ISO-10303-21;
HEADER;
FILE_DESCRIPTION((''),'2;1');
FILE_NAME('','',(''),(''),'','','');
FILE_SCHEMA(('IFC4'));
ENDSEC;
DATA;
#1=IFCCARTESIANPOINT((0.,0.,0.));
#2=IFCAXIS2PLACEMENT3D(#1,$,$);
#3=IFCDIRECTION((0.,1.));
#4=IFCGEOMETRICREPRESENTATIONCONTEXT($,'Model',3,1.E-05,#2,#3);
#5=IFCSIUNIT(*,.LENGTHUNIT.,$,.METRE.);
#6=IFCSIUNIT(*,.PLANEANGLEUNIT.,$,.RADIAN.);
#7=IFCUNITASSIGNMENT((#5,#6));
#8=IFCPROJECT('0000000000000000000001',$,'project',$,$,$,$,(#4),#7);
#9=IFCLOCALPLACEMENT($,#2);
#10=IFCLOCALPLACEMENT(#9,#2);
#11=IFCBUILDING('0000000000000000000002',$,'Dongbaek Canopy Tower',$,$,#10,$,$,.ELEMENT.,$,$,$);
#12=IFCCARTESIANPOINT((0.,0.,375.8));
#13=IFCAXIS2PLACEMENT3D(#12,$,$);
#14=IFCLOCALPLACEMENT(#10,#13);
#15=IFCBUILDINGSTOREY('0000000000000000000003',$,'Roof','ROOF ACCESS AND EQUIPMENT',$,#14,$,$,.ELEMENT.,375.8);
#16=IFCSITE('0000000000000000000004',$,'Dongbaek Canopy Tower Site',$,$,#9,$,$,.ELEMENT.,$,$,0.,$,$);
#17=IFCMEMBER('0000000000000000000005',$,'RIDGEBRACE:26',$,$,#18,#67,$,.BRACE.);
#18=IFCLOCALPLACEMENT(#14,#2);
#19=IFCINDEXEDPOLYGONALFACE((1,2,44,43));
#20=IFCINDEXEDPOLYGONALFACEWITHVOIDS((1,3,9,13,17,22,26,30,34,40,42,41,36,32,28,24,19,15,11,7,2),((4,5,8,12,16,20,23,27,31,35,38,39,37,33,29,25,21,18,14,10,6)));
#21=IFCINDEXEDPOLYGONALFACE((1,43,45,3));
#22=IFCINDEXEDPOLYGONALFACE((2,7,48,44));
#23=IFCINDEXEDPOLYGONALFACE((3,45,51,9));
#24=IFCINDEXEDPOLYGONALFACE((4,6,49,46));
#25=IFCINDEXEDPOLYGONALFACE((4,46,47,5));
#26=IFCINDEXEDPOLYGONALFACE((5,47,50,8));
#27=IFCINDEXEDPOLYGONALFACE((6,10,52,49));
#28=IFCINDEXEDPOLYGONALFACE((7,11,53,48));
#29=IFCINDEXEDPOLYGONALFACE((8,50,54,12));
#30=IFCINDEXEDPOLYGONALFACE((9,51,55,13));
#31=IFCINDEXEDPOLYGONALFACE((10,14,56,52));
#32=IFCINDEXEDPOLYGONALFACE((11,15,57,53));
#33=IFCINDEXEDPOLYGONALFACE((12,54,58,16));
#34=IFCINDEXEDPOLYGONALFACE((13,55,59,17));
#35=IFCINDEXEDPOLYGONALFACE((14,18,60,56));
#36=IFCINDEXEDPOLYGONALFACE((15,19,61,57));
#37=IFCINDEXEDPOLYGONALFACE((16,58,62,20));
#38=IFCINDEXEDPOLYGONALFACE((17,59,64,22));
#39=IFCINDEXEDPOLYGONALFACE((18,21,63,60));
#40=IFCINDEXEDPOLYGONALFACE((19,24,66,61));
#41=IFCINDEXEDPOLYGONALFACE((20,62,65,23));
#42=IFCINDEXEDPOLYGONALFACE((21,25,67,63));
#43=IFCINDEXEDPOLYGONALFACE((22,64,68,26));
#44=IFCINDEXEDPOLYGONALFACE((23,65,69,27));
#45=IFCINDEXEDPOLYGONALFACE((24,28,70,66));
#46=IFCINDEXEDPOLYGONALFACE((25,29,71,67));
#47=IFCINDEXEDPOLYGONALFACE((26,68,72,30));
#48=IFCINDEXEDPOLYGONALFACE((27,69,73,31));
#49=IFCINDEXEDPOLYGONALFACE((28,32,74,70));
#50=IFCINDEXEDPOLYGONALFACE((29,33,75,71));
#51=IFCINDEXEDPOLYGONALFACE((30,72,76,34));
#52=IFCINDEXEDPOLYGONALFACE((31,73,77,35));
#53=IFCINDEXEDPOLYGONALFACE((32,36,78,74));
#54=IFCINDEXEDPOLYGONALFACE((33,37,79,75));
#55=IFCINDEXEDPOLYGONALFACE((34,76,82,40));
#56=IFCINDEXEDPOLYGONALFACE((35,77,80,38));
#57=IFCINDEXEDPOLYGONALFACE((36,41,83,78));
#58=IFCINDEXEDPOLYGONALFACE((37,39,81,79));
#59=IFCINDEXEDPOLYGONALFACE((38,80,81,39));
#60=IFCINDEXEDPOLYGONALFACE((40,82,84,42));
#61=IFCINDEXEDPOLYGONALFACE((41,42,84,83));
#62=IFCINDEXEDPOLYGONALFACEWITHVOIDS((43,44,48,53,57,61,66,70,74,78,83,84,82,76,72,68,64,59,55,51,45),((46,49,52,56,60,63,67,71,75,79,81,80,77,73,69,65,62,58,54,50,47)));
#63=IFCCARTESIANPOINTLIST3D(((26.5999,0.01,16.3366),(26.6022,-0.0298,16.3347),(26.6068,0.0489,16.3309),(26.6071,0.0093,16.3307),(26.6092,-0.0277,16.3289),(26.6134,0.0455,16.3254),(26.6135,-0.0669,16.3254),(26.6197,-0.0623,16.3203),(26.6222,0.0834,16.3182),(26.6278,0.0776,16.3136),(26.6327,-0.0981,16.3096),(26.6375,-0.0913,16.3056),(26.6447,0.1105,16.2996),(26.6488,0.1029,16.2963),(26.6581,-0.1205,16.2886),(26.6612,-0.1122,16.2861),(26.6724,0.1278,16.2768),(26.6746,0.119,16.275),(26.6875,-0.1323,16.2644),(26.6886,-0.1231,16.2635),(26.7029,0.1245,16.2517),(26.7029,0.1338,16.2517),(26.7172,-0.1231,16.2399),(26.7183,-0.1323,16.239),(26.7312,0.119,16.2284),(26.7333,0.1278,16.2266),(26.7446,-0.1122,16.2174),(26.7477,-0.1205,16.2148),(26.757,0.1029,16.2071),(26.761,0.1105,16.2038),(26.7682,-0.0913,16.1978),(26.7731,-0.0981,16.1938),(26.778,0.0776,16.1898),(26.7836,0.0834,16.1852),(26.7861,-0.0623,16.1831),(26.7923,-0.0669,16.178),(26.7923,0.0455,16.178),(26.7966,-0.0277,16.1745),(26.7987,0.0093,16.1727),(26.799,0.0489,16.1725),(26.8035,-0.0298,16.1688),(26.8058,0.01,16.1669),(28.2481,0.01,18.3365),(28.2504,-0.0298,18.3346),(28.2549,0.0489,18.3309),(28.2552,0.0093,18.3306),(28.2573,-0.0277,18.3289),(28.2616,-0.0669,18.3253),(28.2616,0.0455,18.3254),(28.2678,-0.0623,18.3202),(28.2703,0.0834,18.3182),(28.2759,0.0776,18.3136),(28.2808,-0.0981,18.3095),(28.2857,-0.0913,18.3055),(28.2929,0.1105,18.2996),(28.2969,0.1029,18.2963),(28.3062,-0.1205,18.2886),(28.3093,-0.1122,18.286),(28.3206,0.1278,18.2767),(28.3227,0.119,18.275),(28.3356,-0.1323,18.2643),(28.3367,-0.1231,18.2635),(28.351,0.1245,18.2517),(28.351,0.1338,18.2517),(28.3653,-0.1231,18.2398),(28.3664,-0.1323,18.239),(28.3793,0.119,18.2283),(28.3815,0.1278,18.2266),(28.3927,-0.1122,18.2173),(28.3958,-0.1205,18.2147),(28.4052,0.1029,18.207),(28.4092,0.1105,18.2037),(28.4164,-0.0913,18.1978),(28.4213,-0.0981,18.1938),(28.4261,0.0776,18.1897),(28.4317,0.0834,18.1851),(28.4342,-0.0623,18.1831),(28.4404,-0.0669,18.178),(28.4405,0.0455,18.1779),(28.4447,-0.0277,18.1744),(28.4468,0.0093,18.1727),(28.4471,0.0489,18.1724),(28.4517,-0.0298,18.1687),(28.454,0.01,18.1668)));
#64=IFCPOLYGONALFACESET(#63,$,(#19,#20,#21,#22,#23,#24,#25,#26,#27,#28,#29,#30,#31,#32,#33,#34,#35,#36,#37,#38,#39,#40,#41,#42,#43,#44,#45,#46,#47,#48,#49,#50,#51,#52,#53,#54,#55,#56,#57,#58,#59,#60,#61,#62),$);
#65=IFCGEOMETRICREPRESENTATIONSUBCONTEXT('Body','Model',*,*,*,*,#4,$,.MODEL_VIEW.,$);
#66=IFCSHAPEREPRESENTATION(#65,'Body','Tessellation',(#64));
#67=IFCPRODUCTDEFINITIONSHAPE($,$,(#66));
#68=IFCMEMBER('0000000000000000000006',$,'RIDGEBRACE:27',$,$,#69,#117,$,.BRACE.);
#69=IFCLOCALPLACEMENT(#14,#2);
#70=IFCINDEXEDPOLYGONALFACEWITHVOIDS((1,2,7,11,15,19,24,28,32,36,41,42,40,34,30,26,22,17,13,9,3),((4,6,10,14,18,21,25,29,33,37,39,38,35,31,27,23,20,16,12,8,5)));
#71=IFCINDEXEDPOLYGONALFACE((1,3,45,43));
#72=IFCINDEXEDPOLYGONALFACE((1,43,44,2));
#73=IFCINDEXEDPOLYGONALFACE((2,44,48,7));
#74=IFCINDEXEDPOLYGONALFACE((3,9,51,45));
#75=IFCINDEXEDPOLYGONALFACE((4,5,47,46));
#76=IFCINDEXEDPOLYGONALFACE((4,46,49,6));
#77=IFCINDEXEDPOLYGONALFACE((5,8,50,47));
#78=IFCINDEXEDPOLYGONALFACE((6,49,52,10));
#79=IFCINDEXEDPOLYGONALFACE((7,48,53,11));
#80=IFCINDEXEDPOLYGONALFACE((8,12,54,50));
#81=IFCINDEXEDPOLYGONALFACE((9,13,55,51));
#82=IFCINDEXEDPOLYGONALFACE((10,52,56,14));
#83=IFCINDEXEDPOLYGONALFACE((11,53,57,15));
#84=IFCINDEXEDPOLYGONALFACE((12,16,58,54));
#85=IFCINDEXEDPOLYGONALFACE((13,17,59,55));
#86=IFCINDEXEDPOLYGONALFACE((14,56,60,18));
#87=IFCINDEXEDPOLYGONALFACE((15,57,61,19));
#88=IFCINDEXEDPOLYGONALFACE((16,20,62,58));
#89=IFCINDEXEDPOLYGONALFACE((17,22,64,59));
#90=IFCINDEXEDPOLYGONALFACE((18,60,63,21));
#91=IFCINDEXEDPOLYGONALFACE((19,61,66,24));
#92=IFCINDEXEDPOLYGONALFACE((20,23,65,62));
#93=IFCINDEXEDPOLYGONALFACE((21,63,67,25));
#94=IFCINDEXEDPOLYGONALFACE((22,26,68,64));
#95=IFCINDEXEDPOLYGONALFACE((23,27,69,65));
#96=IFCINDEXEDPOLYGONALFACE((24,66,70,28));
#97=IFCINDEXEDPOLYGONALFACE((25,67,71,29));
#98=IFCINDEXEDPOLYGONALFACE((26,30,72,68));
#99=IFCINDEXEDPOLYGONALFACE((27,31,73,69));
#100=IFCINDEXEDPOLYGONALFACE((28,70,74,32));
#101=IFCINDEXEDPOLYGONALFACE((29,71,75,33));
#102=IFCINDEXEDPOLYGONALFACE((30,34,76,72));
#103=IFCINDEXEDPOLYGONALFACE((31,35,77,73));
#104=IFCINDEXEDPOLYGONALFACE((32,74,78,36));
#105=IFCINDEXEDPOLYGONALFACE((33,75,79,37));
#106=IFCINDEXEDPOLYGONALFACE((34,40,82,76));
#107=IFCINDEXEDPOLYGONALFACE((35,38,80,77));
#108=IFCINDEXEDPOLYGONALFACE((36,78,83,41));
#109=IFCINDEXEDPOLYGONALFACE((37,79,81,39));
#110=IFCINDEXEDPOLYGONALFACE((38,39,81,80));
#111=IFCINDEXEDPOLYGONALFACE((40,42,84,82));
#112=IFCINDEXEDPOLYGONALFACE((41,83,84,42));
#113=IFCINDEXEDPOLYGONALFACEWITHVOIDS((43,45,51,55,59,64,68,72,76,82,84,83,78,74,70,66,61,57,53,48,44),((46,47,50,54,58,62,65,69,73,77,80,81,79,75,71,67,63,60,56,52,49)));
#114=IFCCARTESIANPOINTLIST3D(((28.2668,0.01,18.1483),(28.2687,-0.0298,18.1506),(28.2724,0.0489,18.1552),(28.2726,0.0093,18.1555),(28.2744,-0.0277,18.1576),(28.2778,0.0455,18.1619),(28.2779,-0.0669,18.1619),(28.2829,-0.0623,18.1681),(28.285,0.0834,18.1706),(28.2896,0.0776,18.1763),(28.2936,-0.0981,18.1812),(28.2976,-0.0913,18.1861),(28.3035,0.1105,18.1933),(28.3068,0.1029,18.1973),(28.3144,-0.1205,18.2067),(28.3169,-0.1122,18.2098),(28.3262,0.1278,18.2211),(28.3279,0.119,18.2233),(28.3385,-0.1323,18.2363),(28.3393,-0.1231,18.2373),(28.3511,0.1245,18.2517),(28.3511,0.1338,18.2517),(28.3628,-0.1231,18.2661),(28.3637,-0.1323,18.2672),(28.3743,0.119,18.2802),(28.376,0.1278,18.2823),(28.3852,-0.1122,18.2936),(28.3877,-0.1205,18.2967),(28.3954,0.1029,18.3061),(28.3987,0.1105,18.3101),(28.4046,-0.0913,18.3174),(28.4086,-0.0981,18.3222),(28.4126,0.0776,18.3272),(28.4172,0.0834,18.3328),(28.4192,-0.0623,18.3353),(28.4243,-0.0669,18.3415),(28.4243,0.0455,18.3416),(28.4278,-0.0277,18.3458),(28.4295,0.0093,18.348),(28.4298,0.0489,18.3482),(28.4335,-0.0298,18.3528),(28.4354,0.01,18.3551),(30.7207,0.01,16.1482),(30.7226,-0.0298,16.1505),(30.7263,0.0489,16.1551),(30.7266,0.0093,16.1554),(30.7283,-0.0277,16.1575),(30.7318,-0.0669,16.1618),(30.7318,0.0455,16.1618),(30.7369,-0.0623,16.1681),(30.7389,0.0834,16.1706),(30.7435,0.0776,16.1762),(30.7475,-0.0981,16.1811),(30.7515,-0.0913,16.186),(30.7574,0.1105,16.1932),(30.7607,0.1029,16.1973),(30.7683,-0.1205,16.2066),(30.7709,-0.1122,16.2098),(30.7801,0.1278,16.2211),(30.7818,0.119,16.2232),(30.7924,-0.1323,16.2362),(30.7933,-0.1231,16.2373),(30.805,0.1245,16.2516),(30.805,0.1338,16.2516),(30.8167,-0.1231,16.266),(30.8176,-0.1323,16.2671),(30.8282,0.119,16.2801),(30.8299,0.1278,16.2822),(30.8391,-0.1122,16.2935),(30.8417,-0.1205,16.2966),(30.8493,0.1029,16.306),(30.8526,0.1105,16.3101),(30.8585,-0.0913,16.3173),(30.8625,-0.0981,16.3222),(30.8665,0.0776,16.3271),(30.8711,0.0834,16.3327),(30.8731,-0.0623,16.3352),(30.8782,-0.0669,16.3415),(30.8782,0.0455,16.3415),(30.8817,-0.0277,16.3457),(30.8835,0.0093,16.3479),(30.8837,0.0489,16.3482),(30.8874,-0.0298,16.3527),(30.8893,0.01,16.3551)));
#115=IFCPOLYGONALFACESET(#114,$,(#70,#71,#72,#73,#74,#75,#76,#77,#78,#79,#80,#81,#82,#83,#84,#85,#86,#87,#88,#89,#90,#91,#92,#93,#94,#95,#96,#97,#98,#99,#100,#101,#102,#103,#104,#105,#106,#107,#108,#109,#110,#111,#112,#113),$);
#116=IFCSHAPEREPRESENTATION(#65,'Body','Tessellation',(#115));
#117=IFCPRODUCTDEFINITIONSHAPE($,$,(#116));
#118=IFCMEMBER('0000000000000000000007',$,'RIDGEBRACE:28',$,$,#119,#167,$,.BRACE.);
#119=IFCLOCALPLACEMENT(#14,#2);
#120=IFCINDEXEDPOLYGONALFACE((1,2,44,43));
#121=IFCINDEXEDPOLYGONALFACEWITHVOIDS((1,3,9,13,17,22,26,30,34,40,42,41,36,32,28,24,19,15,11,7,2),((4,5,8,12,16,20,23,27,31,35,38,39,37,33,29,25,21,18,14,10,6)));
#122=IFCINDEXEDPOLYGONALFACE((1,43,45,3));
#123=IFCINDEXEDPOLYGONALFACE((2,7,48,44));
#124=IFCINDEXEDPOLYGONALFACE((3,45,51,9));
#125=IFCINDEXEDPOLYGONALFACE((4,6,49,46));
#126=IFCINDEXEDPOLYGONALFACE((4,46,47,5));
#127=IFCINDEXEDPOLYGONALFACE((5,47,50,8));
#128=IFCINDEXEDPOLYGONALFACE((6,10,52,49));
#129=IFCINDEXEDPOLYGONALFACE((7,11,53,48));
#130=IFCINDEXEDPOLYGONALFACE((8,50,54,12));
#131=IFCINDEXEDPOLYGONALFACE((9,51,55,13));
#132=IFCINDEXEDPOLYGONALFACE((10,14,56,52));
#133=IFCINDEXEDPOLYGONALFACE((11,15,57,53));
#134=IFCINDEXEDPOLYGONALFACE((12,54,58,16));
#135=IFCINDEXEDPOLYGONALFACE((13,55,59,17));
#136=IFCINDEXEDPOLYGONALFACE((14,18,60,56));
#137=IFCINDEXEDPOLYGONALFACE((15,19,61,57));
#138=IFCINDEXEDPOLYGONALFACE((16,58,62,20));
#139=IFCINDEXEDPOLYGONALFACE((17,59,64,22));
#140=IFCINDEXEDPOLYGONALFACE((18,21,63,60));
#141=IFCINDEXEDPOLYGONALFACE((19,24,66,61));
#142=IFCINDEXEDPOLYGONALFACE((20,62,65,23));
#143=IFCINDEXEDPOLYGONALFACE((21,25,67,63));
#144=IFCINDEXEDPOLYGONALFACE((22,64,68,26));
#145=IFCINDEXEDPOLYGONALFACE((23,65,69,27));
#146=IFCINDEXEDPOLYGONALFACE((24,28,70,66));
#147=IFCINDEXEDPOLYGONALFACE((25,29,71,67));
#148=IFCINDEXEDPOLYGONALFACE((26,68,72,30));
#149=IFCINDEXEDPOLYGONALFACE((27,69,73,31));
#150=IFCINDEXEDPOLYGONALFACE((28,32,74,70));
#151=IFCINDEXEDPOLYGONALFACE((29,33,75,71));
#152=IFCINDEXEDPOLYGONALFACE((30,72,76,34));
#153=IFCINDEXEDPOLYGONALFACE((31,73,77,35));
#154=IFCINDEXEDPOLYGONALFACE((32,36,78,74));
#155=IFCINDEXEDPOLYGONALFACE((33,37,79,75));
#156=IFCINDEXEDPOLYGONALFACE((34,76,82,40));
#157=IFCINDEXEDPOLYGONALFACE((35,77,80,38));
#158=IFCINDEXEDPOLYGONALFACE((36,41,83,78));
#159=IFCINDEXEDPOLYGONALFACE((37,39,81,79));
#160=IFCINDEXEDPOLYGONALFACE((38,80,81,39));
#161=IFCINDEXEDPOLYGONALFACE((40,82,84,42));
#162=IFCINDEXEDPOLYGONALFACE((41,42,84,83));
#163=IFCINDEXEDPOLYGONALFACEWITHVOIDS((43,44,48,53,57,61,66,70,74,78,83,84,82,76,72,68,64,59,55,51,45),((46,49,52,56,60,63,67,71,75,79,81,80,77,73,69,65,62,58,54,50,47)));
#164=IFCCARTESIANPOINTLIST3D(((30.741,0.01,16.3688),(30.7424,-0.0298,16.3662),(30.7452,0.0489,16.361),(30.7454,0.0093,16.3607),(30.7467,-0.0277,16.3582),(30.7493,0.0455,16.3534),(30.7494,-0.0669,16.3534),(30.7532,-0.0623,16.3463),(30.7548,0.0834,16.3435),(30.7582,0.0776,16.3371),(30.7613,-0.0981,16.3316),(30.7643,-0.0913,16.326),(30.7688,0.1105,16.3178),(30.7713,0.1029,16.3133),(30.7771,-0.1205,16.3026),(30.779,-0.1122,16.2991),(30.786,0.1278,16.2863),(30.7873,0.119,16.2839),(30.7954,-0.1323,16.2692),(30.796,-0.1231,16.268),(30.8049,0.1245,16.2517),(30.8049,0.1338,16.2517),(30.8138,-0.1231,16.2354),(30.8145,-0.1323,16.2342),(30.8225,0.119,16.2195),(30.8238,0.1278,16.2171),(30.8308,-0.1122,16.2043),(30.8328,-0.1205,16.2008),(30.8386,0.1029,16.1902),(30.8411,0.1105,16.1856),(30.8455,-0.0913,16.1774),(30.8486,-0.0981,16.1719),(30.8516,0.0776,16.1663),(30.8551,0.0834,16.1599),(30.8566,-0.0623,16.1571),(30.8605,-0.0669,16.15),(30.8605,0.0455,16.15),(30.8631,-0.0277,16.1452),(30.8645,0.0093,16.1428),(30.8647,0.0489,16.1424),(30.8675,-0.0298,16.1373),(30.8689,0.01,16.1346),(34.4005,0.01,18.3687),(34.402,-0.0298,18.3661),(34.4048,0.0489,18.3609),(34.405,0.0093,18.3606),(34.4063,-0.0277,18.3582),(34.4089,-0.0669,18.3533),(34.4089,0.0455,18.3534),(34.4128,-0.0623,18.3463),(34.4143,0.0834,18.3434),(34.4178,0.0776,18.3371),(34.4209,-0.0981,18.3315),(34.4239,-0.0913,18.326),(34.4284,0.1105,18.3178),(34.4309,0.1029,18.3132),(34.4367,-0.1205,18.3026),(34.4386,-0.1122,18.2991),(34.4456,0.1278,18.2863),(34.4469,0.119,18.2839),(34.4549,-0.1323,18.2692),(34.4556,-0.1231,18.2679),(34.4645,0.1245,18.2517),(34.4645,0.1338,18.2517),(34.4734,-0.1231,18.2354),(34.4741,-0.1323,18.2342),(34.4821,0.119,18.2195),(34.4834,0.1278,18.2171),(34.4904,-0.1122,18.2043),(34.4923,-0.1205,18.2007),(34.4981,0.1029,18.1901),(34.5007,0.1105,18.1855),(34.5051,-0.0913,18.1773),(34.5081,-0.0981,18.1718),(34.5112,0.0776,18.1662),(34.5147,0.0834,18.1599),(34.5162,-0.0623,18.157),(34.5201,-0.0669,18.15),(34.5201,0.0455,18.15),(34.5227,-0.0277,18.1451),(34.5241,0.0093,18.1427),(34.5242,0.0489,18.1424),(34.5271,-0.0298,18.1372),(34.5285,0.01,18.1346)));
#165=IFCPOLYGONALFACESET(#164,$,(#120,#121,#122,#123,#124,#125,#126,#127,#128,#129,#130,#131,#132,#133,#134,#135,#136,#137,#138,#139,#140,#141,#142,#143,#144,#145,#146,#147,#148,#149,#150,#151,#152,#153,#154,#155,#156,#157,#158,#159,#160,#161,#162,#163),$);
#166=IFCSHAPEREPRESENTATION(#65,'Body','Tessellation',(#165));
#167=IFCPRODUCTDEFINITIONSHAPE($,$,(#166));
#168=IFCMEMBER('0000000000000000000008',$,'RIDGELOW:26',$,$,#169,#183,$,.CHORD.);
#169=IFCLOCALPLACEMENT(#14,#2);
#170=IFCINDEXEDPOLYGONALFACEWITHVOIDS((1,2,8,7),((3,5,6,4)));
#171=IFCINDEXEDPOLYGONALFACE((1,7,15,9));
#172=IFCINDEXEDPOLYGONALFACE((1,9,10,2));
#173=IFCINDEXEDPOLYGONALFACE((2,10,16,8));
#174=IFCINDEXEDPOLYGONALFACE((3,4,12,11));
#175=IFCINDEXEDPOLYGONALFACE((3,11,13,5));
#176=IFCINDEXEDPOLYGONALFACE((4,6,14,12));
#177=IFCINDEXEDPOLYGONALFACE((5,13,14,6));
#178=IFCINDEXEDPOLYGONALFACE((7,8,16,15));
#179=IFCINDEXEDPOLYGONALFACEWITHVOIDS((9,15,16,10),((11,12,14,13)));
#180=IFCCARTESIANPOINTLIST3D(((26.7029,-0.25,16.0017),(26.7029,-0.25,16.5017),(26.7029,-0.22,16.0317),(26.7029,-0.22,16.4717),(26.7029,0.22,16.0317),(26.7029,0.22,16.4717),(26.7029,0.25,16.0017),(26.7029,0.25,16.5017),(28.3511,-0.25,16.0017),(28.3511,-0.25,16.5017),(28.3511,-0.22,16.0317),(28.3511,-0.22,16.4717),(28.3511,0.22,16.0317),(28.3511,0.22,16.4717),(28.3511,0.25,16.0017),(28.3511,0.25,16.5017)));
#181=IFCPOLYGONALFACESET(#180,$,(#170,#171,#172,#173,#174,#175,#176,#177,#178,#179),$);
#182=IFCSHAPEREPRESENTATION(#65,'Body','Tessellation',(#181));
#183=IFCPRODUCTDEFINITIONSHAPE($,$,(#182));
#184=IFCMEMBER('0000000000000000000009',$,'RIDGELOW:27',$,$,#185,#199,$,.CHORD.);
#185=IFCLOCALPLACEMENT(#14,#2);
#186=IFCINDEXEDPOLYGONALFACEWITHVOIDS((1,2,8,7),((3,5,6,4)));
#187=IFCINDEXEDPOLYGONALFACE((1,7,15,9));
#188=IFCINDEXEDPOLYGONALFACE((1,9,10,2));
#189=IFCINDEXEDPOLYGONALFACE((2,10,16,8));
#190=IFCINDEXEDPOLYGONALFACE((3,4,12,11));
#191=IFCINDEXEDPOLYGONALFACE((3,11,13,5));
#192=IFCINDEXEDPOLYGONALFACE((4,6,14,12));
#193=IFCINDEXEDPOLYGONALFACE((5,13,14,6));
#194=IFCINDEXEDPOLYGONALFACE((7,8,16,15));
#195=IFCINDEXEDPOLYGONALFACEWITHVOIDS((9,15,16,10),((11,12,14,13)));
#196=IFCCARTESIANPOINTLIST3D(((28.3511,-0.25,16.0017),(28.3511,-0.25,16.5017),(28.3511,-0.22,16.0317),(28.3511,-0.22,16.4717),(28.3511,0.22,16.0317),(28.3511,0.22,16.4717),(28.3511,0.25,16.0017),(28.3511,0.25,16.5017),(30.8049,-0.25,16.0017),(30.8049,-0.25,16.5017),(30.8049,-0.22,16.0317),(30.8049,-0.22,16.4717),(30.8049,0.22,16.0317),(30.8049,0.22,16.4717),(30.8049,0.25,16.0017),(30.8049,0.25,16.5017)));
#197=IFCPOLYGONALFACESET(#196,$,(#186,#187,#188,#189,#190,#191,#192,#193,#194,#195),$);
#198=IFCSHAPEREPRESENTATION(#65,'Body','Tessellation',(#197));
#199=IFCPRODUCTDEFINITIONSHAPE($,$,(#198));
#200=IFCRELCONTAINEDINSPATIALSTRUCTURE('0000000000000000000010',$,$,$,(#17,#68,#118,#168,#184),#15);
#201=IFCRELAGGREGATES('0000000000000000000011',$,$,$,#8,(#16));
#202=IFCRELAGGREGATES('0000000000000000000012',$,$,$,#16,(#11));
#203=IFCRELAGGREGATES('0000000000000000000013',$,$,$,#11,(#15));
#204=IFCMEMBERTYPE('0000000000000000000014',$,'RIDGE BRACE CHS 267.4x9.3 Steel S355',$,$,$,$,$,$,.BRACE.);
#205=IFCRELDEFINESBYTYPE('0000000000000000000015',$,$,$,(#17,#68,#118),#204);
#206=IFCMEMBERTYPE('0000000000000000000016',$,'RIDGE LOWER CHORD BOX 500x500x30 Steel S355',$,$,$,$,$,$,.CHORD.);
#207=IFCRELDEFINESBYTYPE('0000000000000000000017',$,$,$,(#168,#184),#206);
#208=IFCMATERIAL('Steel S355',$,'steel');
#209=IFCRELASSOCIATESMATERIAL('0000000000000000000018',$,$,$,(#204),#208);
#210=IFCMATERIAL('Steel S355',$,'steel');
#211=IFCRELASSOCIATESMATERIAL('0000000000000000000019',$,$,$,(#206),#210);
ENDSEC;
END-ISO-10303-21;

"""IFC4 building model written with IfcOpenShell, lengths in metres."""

from ifc_helpers import new_model, si_unit, direction, frame, origin, origin_2d, place, context, subcontext, project, spatial, hollow_rectangle, hollow_circle, extrude, material, material_profile, profile_set, type_object, element, save


model = new_model("IFC4")

# Units and contexts
model_context = context("Model", 3, precision=1e-05, world=origin(), true_north=direction((0.0, 1.0)))
body_context = subcontext(model_context, "Body", "Model", "MODEL_VIEW")
ifc_project = project(units=[si_unit("LENGTHUNIT", "METRE"), si_unit("PLANEANGLEUNIT", "RADIAN")], contexts=[model_context])

# Site, building, storey
site_placement = place(None, origin())
site = spatial("IfcSite", under=ifc_project, at=site_placement, Name="Dongbaek Canopy Tower Site", CompositionType="ELEMENT", RefElevation=0.0)
building_placement = place(site_placement, origin())
building = spatial("IfcBuilding", under=site, at=building_placement, Name="Dongbaek Canopy Tower", CompositionType="ELEMENT")
storey_placement = place(building_placement, frame((0.0, 0.0, 375.8)))
storey = spatial("IfcBuildingStorey", under=building, at=storey_placement, Name="Roof", Description="ROOF ACCESS AND EQUIPMENT", CompositionType="ELEMENT", Elevation=375.8)

# Members
ifc_material_1 = material(Name="Steel S355", Category="steel")
ifc_material_profile_1 = material_profile(ifc_material_1, hollow_circle(Radius=0.1338, WallThickness=0.0093, at=origin_2d()), Name="RIDGE BRACE CHS 267.4x9.3 Steel S355")
ifc_profile_set_1 = profile_set([ifc_material_profile_1], Name="Steel S355")
member_type_1 = type_object("IfcMemberType", Name="RIDGE BRACE CHS 267.4x9.3 Steel S355", PredefinedType="BRACE", material=ifc_profile_set_1)
member_1_placement = place(storey_placement, frame((26.7029, 0.0, 16.2517), z_axis=(0.635968, 0.0, 0.771715), x_axis=(0.0, 1.0, 0.0)))
element("IfcMember", 1, at=member_1_placement, inside=storey, type_object=member_type_1, Name="RIDGEBRACE:26", PredefinedType="BRACE", context=body_context, shape_type="SweptSolid", body=[
    extrude(hollow_circle(Radius=0.1338, WallThickness=0.0093, at=origin_2d()), origin(), (0.0, 0.0, 1.0), 2.5916),
])
member_2_placement = place(storey_placement, frame((28.3511, 0.0, 18.2517), z_axis=(0.775148, 0.0, -0.631779), x_axis=(0.0, 1.0, 0.0)))
element("IfcMember", 2, at=member_2_placement, inside=storey, type_object=member_type_1, Name="RIDGEBRACE:27", PredefinedType="BRACE", context=body_context, shape_type="SweptSolid", body=[
    extrude(hollow_circle(Radius=0.1338, WallThickness=0.0093, at=origin_2d()), origin(), (0.0, 0.0, 1.0), 3.1658),
])
member_3_placement = place(storey_placement, frame((30.8049, 0.0, 16.2517), z_axis=(0.87751, 0.0, 0.479557), x_axis=(0.0, 1.0, 0.0)))
element("IfcMember", 3, at=member_3_placement, inside=storey, type_object=member_type_1, Name="RIDGEBRACE:28", PredefinedType="BRACE", context=body_context, shape_type="SweptSolid", body=[
    extrude(hollow_circle(Radius=0.1338, WallThickness=0.0093, at=origin_2d()), origin(), (0.0, 0.0, 1.0), 4.1704),
])
ifc_material_2 = material(Name="Steel S355", Category="steel")
ifc_material_profile_2 = material_profile(ifc_material_2, hollow_rectangle(XDim=0.5, YDim=0.5, WallThickness=0.03, at=origin_2d()), Name="RIDGE LOWER CHORD BOX 500x500x30 Steel S355")
ifc_profile_set_2 = profile_set([ifc_material_profile_2], Name="Steel S355")
member_type_2 = type_object("IfcMemberType", Name="RIDGE LOWER CHORD BOX 500x500x30 Steel S355", PredefinedType="CHORD", material=ifc_profile_set_2)
member_4_placement = place(storey_placement, frame((26.7029, 0.0, 16.2517), z_axis=(1.0, 0.0, 0.0), x_axis=(0.0, 1.0, 0.0)))
element("IfcMember", 4, at=member_4_placement, inside=storey, type_object=member_type_2, Name="RIDGELOW:26", PredefinedType="CHORD", context=body_context, shape_type="SweptSolid", body=[
    extrude(hollow_rectangle(XDim=0.5, YDim=0.5, WallThickness=0.03, at=origin_2d()), origin(), (0.0, 0.0, 1.0), 1.6482),
])
member_5_placement = place(storey_placement, frame((28.3511, 0.0, 16.2517), z_axis=(1.0, 0.0, 0.0), x_axis=(0.0, 1.0, 0.0)))
element("IfcMember", 5, at=member_5_placement, inside=storey, type_object=member_type_2, Name="RIDGELOW:27", PredefinedType="CHORD", context=body_context, shape_type="SweptSolid", body=[
    extrude(hollow_rectangle(XDim=0.5, YDim=0.5, WallThickness=0.03, at=origin_2d()), origin(), (0.0, 0.0, 1.0), 2.4539),
])

save(model, "model.ifc")
